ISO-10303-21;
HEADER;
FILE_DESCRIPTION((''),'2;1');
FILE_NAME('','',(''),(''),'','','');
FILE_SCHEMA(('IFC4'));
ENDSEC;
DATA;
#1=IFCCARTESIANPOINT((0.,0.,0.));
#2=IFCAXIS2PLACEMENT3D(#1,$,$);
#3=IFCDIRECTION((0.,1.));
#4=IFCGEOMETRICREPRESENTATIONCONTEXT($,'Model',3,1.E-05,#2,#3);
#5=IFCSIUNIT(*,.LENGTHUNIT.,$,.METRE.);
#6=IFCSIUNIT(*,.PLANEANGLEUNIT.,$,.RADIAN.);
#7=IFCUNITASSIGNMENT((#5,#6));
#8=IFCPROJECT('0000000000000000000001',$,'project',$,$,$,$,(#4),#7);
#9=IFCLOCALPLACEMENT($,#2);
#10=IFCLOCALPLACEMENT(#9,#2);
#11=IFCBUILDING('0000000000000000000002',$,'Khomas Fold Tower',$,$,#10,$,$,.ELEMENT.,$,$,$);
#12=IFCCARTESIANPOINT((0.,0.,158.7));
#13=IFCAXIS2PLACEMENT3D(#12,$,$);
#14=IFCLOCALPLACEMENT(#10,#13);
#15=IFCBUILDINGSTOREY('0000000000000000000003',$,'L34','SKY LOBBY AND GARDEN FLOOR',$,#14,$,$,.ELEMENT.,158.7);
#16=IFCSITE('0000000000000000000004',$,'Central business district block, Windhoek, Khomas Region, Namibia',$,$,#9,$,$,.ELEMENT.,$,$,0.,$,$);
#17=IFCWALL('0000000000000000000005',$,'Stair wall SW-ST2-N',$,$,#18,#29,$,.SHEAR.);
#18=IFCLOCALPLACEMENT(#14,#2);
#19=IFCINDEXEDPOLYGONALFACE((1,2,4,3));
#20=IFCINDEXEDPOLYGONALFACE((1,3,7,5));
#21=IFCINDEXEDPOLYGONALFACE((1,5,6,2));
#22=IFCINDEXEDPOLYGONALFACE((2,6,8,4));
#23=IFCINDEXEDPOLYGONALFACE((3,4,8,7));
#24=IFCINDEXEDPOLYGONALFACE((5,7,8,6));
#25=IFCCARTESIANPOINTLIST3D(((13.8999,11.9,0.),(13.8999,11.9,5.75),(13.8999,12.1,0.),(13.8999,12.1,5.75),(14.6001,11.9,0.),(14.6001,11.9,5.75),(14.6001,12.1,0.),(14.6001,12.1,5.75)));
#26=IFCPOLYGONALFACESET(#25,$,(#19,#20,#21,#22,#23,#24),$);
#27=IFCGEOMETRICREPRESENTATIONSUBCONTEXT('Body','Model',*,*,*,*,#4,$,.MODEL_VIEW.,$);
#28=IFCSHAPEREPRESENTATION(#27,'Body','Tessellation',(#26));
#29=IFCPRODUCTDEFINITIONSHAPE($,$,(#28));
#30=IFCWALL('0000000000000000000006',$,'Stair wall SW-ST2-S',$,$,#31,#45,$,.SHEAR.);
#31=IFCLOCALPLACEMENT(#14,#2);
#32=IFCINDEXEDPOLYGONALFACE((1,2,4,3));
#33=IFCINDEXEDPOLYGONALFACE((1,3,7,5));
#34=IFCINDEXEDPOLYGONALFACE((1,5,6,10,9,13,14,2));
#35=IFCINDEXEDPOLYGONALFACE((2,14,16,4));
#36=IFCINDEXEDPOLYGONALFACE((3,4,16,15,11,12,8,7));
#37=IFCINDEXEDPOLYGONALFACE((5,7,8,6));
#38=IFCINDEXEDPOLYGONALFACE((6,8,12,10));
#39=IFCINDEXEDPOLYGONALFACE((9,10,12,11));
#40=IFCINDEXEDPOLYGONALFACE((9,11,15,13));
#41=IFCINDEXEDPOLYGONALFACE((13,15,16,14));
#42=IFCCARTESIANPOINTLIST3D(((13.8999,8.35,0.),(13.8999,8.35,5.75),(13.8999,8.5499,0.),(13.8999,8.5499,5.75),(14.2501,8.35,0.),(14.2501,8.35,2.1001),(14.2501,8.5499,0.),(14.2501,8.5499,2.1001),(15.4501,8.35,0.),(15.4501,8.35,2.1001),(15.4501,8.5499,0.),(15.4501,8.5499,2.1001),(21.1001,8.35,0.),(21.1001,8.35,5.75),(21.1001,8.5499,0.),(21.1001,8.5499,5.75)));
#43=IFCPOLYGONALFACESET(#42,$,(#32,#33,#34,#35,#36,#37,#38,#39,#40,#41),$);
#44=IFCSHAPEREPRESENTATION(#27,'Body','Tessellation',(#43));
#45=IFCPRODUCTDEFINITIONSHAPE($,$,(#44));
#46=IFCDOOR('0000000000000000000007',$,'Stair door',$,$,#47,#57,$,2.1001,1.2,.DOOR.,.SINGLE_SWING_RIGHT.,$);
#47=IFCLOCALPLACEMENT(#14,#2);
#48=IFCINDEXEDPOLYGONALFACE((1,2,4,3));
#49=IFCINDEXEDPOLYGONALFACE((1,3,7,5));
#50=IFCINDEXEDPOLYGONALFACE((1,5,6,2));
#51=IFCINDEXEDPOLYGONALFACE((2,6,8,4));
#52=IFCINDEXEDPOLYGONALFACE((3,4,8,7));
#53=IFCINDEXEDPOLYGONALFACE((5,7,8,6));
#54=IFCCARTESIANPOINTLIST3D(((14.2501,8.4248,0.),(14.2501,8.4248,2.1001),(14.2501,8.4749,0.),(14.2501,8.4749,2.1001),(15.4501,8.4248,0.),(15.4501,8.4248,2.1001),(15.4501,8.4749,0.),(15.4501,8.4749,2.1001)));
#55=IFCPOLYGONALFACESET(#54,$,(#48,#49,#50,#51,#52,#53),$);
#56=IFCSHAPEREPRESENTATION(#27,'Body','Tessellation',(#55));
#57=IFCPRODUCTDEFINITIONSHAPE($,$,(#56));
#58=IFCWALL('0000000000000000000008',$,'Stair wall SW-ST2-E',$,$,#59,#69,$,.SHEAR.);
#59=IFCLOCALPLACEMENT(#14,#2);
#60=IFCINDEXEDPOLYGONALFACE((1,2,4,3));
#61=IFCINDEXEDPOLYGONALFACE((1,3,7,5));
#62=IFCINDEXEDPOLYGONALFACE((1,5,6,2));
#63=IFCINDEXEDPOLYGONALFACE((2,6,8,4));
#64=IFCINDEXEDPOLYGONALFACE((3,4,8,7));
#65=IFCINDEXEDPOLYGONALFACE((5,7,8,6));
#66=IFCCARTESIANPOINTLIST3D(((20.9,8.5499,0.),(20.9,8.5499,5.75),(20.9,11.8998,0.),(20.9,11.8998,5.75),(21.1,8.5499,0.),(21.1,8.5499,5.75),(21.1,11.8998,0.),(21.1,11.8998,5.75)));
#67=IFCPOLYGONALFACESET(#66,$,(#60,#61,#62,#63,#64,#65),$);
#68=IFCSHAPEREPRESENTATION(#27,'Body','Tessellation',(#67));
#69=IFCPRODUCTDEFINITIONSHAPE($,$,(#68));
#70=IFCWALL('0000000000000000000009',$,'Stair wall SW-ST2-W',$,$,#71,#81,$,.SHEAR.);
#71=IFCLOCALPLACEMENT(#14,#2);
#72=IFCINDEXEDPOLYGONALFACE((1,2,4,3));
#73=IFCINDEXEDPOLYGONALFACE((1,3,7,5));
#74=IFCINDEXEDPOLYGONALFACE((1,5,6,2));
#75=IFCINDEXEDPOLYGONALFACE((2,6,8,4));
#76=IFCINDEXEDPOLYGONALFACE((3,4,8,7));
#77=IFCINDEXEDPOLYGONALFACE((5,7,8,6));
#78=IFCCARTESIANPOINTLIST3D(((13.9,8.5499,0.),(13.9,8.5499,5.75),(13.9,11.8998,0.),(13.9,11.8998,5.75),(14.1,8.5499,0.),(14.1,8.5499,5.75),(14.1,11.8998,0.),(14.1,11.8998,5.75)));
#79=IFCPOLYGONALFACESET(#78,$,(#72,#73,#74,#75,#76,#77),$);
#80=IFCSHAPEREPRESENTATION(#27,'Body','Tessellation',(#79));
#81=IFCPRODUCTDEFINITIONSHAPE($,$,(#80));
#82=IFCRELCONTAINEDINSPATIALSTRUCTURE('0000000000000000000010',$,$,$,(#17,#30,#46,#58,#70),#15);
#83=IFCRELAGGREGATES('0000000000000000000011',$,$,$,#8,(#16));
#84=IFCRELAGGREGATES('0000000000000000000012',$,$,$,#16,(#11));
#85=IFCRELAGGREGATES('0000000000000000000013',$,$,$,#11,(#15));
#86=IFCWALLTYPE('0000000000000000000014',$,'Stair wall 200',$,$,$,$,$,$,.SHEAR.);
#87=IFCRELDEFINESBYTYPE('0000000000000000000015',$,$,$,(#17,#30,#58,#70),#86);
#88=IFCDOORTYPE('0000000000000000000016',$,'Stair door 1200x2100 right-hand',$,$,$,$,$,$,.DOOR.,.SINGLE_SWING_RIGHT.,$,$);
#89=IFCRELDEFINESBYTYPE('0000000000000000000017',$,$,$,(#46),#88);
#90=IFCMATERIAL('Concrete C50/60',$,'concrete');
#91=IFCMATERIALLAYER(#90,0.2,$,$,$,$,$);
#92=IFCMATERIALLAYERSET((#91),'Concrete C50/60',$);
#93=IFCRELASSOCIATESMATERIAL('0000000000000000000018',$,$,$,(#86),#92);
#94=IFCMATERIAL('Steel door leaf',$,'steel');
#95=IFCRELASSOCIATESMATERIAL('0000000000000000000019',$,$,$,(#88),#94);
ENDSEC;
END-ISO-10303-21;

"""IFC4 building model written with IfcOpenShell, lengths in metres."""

from ifc_helpers import new_model, si_unit, direction, frame, frame_2d, origin, place, context, subcontext, project, spatial, rectangle, extrude, source, transform, mapped, material, layer, layer_set, type_object, element, fill, save


model = new_model("IFC4")

# Units and contexts
model_context = context("Model", 3, precision=1e-05, world=origin(), true_north=direction((0.0, 1.0)))
body_context = subcontext(model_context, "Body", "Model", "MODEL_VIEW")
ifc_project = project(units=[si_unit("LENGTHUNIT", "METRE"), si_unit("PLANEANGLEUNIT", "RADIAN")], contexts=[model_context])

# Site, building, storey
site_placement = place(None, origin())
site = spatial("IfcSite", under=ifc_project, at=site_placement, Name="Central business district block, Windhoek, Khomas Region, Namibia", CompositionType="ELEMENT", RefElevation=0.0)
building_placement = place(site_placement, origin())
building = spatial("IfcBuilding", under=site, at=building_placement, Name="Khomas Fold Tower", CompositionType="ELEMENT")
storey_placement = place(building_placement, frame((0.0, 0.0, 158.7)))
storey = spatial("IfcBuildingStorey", under=building, at=storey_placement, Name="L34", Description="SKY LOBBY AND GARDEN FLOOR", CompositionType="ELEMENT", Elevation=158.7)

# Wall
ifc_material_1 = material(Name="Concrete C50/60", Category="concrete")
ifc_layer = layer(ifc_material_1, 0.2)
ifc_layer_set = layer_set([ifc_layer], Name="Concrete C50/60")
wall_type = type_object("IfcWallType", Name="Stair wall 200", PredefinedType="SHEAR", material=ifc_layer_set)
shared_shape_1 = source(origin(), body_context, "Body", "SweptSolid", [
    extrude(rectangle(XDim=0.7002, YDim=0.2, at=frame_2d((0.3501, 0.0))), origin(), (0.0, 0.0, 1.0), 5.75),
])
wall_1_placement = place(storey_placement, frame((13.8999, 12.0, 0.0), z_axis=(0.0, 0.0, 1.0), x_axis=(1.0, 0.0, 0.0)))
element("IfcWall", 1, at=wall_1_placement, inside=storey, type_object=wall_type, Name="Stair wall SW-ST2-N", PredefinedType="SHEAR", context=body_context, shape_type="MappedRepresentation", body=[
    mapped(shared_shape_1, transform((0.0, 0.0, 0.0))),
])

# Wall, opening, door
shared_shape_2 = source(origin(), body_context, "Body", "SweptSolid", [
    extrude(rectangle(XDim=7.2002, YDim=0.2, at=frame_2d((3.6001, 0.0))), origin(), (0.0, 0.0, 1.0), 5.75),
])
wall_2_placement = place(storey_placement, frame((13.8999, 8.45, 0.0), z_axis=(0.0, 0.0, 1.0), x_axis=(1.0, 0.0, 0.0)))
wall_2 = element("IfcWall", 2, at=wall_2_placement, inside=storey, type_object=wall_type, Name="Stair wall SW-ST2-S", PredefinedType="SHEAR", context=body_context, shape_type="MappedRepresentation", body=[
    mapped(shared_shape_2, transform((0.0, 0.0, 0.0))),
])
shared_shape_3 = source(origin(), body_context, "Body", "SweptSolid", [
    extrude(rectangle(XDim=1.2, YDim=2.1001, at=frame_2d((0.6001, 1.05))), frame((0.0, 0.1099, 0.0), z_axis=(0.0, -1.0, 0.0), x_axis=(1.0, 0.0, 0.0)), (0.0, 0.0, 1.0), 0.22),
])
opening_placement = place(wall_2_placement, frame((0.3501, 0.0, 0.0)))
opening = element("IfcOpeningElement", 3, at=opening_placement, cuts=wall_2, PredefinedType="OPENING", context=body_context, shape_type="MappedRepresentation", body=[
    mapped(shared_shape_3, transform((0.0, 0.0, 0.0))),
])
ifc_material_2 = material(Name="Steel door leaf", Category="steel")
door_type = type_object("IfcDoorType", Name="Stair door 1200x2100 right-hand", OperationType="SINGLE_SWING_RIGHT", PredefinedType="DOOR", material=ifc_material_2)
shared_shape_4 = source(origin(), body_context, "Body", "SweptSolid", [
    extrude(rectangle(XDim=1.2, YDim=2.1001, at=frame_2d((0.6001, 1.05))), frame((0.0, 0.0249, 0.0), z_axis=(0.0, -1.0, 0.0), x_axis=(1.0, 0.0, 0.0)), (0.0, 0.0, 1.0), 0.05),
])
door_placement = place(opening_placement, origin())
door = element("IfcDoor", 4, at=door_placement, inside=storey, type_object=door_type, Name="Stair door", OperationType="SINGLE_SWING_RIGHT", OverallHeight=2.1001, OverallWidth=1.2, PredefinedType="DOOR", context=body_context, shape_type="MappedRepresentation", body=[
    mapped(shared_shape_4, transform((0.0, 0.0, 0.0))),
])
fill(opening, door)

# Walls
shared_shape_5 = source(origin(), body_context, "Body", "SweptSolid", [
    extrude(rectangle(XDim=3.3499, YDim=0.2, at=frame_2d((1.6748, 0.0))), origin(), (0.0, 0.0, 1.0), 5.75),
])
for number, where, z_axis, x_axis, name in (
    (5, (21.0, 8.55, 0.0), (0.0, 0.0, 1.0), (0.0, 1.0, 0.0), "Stair wall SW-ST2-E"),
    (6, (14.0, 8.55, 0.0), (0.0, 0.0, 1.0), (0.0, 1.0, 0.0), "Stair wall SW-ST2-W"),
):
    element("IfcWall", number, at=place(storey_placement, frame(where, z_axis=z_axis, x_axis=x_axis)), inside=storey, type_object=wall_type, Name=name, PredefinedType="SHEAR", context=body_context, shape_type="MappedRepresentation", body=[
        mapped(shared_shape_5, transform((0.0, 0.0, 0.0))),
    ])

save(model, "model.ifc")
